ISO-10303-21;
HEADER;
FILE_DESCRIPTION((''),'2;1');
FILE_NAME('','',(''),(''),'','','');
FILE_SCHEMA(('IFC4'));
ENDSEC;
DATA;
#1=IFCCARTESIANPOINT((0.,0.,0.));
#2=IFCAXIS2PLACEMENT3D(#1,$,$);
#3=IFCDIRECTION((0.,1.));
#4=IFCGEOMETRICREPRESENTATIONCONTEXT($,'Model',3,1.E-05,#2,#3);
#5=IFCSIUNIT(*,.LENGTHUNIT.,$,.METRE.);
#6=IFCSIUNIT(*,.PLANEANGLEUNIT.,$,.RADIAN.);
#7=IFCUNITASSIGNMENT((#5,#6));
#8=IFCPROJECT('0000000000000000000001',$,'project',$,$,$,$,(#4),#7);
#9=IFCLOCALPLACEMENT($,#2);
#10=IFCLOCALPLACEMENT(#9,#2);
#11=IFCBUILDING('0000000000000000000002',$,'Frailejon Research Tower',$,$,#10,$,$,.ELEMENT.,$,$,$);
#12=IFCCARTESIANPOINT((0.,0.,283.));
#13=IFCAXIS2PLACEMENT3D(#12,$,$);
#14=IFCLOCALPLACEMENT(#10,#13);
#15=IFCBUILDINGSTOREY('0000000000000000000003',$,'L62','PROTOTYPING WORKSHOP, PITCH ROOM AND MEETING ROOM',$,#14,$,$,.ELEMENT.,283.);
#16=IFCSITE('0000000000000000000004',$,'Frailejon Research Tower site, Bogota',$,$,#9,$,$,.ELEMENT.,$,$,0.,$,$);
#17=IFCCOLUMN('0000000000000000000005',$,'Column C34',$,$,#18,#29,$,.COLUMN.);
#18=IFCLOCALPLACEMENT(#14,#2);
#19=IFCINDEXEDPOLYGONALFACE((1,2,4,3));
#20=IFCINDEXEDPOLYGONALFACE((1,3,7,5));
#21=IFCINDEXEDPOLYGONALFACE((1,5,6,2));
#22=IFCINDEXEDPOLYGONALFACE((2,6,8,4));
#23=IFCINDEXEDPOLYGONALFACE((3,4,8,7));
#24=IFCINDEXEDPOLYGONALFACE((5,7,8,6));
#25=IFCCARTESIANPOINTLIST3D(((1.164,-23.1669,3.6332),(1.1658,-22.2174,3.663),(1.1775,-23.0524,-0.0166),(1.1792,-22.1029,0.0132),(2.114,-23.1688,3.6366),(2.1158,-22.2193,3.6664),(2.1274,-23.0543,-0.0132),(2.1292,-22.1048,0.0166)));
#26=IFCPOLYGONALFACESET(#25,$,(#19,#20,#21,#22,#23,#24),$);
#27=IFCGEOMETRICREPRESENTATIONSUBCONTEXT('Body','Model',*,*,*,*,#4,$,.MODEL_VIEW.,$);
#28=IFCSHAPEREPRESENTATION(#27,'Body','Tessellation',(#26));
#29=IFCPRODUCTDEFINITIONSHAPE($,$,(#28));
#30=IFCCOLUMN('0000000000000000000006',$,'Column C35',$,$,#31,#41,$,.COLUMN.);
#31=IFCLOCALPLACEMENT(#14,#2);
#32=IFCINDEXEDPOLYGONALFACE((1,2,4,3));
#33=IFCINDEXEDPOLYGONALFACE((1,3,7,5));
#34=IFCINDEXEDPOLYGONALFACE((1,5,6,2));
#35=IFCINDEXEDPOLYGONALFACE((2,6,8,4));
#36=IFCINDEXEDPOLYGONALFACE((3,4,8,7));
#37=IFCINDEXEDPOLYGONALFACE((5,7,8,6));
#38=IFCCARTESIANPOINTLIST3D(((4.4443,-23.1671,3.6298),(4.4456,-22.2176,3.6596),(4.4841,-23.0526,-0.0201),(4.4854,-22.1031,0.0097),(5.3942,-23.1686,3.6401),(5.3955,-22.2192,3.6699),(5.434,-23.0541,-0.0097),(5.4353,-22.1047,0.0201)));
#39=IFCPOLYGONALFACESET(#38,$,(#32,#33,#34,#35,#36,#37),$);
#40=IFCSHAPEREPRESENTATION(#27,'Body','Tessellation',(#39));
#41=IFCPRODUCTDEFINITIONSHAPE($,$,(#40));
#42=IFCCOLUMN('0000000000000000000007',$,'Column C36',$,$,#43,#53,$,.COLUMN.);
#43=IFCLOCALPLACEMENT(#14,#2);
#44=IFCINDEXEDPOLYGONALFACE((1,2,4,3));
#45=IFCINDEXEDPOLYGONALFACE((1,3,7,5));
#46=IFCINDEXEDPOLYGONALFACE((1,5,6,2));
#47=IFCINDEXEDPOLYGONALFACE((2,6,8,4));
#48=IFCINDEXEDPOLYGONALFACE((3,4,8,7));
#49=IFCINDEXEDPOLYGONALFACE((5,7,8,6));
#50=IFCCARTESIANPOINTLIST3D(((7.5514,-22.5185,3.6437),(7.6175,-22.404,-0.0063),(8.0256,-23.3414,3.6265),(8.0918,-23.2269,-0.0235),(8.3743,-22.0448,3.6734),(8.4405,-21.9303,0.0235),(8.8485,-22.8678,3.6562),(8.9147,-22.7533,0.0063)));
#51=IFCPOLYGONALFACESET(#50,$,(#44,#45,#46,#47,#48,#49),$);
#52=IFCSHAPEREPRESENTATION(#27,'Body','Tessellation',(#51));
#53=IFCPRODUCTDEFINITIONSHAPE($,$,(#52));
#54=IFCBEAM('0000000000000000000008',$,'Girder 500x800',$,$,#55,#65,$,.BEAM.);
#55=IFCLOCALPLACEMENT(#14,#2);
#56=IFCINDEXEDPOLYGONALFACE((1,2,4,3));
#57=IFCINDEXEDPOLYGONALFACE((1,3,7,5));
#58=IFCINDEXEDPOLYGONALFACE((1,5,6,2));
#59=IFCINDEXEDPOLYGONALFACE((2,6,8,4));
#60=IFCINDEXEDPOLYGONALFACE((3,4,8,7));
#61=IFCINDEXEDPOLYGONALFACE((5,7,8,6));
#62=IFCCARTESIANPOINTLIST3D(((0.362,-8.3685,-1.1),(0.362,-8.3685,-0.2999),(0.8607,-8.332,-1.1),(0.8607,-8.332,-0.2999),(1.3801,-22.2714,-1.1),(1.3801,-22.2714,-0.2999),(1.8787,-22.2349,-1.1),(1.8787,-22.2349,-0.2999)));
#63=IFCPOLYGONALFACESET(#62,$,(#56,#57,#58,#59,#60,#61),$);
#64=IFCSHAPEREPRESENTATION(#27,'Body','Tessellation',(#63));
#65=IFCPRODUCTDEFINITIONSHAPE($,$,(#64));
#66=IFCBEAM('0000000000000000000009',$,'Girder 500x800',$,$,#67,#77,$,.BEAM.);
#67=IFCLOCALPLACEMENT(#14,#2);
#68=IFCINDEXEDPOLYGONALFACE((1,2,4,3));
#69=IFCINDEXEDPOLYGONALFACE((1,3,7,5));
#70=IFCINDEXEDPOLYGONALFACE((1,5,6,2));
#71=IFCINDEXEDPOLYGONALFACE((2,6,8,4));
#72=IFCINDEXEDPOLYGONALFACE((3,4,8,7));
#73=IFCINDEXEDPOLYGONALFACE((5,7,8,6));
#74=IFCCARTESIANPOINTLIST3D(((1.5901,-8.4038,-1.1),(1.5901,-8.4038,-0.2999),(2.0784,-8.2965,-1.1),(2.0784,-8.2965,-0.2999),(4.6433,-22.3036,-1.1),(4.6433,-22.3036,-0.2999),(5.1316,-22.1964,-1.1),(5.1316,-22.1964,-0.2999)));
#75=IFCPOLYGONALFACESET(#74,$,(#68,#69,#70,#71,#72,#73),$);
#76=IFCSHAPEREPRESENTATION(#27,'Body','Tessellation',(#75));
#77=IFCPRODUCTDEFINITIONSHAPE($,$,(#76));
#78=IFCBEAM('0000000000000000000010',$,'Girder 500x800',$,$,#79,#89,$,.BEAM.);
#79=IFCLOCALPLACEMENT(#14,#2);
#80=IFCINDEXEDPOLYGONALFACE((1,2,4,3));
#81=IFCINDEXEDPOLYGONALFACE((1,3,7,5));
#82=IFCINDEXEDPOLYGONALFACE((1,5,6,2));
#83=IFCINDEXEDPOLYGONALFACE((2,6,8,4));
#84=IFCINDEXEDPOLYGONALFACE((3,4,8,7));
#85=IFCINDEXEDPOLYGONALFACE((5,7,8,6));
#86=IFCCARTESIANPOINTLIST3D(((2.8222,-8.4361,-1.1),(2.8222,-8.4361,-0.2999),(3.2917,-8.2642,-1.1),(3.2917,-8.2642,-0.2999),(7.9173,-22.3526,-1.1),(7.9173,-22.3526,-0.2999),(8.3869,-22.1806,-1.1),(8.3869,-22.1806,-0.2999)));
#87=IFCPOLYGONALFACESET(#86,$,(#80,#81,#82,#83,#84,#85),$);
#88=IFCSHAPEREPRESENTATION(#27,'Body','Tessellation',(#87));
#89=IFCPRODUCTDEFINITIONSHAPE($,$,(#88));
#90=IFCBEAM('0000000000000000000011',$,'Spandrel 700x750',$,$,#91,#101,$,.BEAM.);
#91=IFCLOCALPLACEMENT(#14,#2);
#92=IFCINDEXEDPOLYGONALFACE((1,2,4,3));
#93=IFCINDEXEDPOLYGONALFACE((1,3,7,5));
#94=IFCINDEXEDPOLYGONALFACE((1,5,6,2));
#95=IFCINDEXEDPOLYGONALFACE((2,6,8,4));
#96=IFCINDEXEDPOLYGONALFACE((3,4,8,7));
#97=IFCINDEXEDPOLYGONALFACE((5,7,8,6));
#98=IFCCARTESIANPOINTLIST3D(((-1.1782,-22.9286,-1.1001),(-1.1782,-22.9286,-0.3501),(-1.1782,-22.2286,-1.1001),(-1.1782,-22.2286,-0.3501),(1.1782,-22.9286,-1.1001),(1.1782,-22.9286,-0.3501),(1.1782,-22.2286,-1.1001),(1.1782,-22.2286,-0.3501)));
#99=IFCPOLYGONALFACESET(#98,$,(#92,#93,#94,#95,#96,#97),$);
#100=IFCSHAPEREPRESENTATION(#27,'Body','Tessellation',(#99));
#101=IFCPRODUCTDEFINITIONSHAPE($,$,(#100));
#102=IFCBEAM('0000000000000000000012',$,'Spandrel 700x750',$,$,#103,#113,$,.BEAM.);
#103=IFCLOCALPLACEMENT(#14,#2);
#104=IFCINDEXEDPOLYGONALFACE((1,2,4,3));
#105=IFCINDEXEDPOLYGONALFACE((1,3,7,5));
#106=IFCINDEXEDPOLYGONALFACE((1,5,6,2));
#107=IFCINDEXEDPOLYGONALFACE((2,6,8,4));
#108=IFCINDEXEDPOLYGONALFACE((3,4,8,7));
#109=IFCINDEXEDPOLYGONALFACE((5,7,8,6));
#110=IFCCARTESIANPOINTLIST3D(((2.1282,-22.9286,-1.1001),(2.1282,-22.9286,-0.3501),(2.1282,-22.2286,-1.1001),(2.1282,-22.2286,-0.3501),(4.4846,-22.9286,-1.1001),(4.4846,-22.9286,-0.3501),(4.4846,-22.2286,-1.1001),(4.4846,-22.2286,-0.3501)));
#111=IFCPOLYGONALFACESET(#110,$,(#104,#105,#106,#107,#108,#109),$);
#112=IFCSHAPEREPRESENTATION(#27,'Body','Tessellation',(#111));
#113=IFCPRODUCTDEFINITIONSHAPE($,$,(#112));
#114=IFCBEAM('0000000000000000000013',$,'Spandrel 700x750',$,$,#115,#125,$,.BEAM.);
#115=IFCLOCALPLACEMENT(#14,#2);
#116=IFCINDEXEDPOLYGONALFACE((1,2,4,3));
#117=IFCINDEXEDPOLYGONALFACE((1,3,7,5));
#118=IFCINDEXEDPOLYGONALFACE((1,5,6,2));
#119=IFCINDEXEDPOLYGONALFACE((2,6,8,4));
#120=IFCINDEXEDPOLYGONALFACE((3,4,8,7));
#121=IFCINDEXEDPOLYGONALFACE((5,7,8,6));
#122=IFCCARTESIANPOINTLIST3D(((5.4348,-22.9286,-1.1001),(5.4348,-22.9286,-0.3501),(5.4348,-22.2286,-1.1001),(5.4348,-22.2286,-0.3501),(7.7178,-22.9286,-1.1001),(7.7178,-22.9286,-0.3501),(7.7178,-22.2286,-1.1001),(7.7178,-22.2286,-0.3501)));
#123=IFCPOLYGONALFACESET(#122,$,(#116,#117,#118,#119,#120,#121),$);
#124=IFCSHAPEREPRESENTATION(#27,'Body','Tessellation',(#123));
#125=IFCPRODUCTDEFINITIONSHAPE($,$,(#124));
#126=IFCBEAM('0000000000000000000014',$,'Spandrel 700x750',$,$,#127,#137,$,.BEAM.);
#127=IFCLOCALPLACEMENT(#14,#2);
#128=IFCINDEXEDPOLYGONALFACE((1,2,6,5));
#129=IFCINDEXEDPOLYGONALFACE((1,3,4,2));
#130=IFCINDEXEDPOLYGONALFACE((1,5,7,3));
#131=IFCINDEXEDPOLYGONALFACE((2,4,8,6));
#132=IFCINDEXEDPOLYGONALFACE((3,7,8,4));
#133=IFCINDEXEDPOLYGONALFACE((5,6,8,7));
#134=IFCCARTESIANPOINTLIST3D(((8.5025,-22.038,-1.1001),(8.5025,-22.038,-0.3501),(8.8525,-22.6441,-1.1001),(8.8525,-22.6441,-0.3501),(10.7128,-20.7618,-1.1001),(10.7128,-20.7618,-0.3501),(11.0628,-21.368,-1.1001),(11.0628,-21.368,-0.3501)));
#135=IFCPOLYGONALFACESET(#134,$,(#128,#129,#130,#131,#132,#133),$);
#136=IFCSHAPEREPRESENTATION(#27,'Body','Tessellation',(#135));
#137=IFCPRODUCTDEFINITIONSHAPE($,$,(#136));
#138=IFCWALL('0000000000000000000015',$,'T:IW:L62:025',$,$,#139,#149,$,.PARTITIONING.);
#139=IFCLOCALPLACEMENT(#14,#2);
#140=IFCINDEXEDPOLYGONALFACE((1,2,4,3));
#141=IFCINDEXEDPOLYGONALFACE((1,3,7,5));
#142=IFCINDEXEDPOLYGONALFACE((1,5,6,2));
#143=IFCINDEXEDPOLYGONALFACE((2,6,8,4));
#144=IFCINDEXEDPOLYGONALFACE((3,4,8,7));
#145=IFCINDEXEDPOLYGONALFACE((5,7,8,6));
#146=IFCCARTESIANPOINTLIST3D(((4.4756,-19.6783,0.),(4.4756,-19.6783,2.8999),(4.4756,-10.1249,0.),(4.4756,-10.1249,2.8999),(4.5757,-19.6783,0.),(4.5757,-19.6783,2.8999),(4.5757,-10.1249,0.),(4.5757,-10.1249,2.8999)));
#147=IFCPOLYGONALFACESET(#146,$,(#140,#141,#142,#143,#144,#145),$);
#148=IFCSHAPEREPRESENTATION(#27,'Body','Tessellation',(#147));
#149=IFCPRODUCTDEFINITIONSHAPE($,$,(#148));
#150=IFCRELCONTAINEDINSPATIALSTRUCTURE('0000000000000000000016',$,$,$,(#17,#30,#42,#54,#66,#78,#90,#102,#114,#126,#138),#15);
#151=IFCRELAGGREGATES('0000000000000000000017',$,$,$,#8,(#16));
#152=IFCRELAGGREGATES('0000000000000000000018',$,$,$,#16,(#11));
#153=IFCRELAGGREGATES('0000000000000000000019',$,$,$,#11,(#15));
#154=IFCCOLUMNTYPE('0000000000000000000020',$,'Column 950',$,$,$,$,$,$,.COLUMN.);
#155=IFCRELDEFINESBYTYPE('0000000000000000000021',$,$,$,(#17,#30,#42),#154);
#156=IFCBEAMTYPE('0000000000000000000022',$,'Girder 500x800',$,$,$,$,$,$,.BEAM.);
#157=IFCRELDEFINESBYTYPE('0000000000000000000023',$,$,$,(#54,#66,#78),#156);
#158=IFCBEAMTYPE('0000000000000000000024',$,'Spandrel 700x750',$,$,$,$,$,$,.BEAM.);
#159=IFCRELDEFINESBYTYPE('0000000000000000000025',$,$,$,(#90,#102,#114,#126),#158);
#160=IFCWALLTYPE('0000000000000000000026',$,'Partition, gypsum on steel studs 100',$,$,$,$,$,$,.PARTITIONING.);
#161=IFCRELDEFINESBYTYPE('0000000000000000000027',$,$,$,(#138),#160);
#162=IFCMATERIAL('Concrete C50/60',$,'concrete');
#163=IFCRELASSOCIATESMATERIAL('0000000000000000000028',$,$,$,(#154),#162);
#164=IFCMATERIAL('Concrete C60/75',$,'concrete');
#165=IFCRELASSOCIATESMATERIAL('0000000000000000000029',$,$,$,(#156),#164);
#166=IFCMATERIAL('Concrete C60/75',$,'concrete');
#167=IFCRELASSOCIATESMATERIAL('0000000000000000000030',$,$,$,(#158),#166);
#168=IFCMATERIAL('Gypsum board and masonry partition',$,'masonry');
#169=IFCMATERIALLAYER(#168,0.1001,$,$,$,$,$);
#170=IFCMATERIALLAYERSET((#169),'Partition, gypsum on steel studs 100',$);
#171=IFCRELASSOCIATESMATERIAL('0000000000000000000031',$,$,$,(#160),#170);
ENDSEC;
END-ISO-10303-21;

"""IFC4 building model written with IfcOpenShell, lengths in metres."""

from ifc_helpers import new_model, si_unit, direction, frame, frame_2d, origin, origin_2d, place, context, subcontext, project, spatial, rectangle, extrude, material, layer, layer_set, material_profile, profile_set, type_object, element, save


model = new_model("IFC4")

# Units and contexts
model_context = context("Model", 3, precision=1e-05, world=origin(), true_north=direction((0.0, 1.0)))
body_context = subcontext(model_context, "Body", "Model", "MODEL_VIEW")
ifc_project = project(units=[si_unit("LENGTHUNIT", "METRE"), si_unit("PLANEANGLEUNIT", "RADIAN")], contexts=[model_context])

# Site, building, storey
site_placement = place(None, origin())
site = spatial("IfcSite", under=ifc_project, at=site_placement, Name="Frailejon Research Tower site, Bogota", CompositionType="ELEMENT", RefElevation=0.0)
building_placement = place(site_placement, origin())
building = spatial("IfcBuilding", under=site, at=building_placement, Name="Frailejon Research Tower", CompositionType="ELEMENT")
storey_placement = place(building_placement, frame((0.0, 0.0, 283.0)))
storey = spatial("IfcBuildingStorey", under=building, at=storey_placement, Name="L62", Description="PROTOTYPING WORKSHOP, PITCH ROOM AND MEETING ROOM", CompositionType="ELEMENT", Elevation=283.0)

# Columns
ifc_material_1 = material(Name="Concrete C50/60", Category="concrete")
ifc_material_profile_1 = material_profile(ifc_material_1, rectangle(XDim=0.95, YDim=0.95, at=origin_2d()), Name="Column 950")
ifc_profile_set_1 = profile_set([ifc_material_profile_1], Name="Concrete C50/60")
column_type = type_object("IfcColumnType", Name="Column 950", PredefinedType="COLUMN", material=ifc_profile_set_1)
column_1_placement = place(storey_placement, frame((1.6533, -22.5786, 0.0), z_axis=(-0.003677, -0.031356, 0.999502), x_axis=(0.999991, -0.002004, 0.003616)))
element("IfcColumn", 1, at=column_1_placement, inside=storey, type_object=column_type, Name="Column C34", PredefinedType="COLUMN", context=body_context, shape_type="SweptSolid", body=[
    extrude(rectangle(XDim=0.95, YDim=0.95, at=origin_2d()), origin(), (0.0, 0.0, 1.0), 3.6516),
])
column_2_placement = place(storey_placement, frame((4.9597, -22.5786, 0.0), z_axis=(-0.010897, -0.031354, 0.999449), x_axis=(0.99994, -0.001667, 0.01085)))
element("IfcColumn", 2, at=column_2_placement, inside=storey, type_object=column_type, Name="Column C35", PredefinedType="COLUMN", context=body_context, shape_type="SweptSolid", body=[
    extrude(rectangle(XDim=0.95, YDim=0.95, at=origin_2d()), origin(), (0.0, 0.0, 1.0), 3.6519),
])
column_3_placement = place(storey_placement, frame((8.2661, -22.5786, 0.0), z_axis=(-0.018115, -0.031351, 0.999344), x_axis=(0.866279, 0.498576, 0.031344)))
element("IfcColumn", 3, at=column_3_placement, inside=storey, type_object=column_type, Name="Column C36", PredefinedType="COLUMN", context=body_context, shape_type="SweptSolid", body=[
    extrude(rectangle(XDim=0.95, YDim=0.95, at=origin_2d()), origin(), (0.0, 0.0, 1.0), 3.6523),
])

# Beams
ifc_material_2 = material(Name="Concrete C60/75", Category="concrete")
ifc_material_profile_2 = material_profile(ifc_material_2, rectangle(XDim=0.5, YDim=0.8, at=origin_2d()), Name="Girder 500x800")
ifc_profile_set_2 = profile_set([ifc_material_profile_2], Name="Concrete C60/75")
beam_type_1 = type_object("IfcBeamType", Name="Girder 500x800", PredefinedType="BEAM", material=ifc_profile_set_2)
beam_1_placement = place(storey_placement, frame((1.6294, -22.2532, -0.7), z_axis=(-0.07303, 0.99733, 0.0), x_axis=(-0.99733, -0.07303, 0.0)))
element("IfcBeam", 4, at=beam_1_placement, inside=storey, type_object=beam_type_1, Name="Girder 500x800", PredefinedType="BEAM", context=body_context, shape_type="SweptSolid", body=[
    extrude(rectangle(XDim=0.5, YDim=0.8, at=origin_2d()), origin(), (0.0, 0.0, 1.0), 13.9402),
])
beam_2_placement = place(storey_placement, frame((4.8875, -22.25, -0.7), z_axis=(-0.214543, 0.976715, 0.0), x_axis=(-0.976715, -0.214543, 0.0)))
element("IfcBeam", 5, at=beam_2_placement, inside=storey, type_object=beam_type_1, Name="Girder 500x800", PredefinedType="BEAM", context=body_context, shape_type="SweptSolid", body=[
    extrude(rectangle(XDim=0.5, YDim=0.8, at=origin_2d()), origin(), (0.0, 0.0, 1.0), 14.2312),
])
beam_3_placement = place(storey_placement, frame((8.1521, -22.2666, -0.7), z_axis=(-0.343808, 0.93904, 0.0), x_axis=(-0.93904, -0.343808, 0.0)))
element("IfcBeam", 6, at=beam_3_placement, inside=storey, type_object=beam_type_1, Name="Girder 500x800", PredefinedType="BEAM", context=body_context, shape_type="SweptSolid", body=[
    extrude(rectangle(XDim=0.5, YDim=0.8, at=origin_2d()), origin(), (0.0, 0.0, 1.0), 14.8198),
])
ifc_material_3 = material(Name="Concrete C60/75", Category="concrete")
ifc_material_profile_3 = material_profile(ifc_material_3, rectangle(XDim=0.7, YDim=0.75, at=origin_2d()), Name="Spandrel 700x750")
ifc_profile_set_3 = profile_set([ifc_material_profile_3], Name="Concrete C60/75")
beam_type_2 = type_object("IfcBeamType", Name="Spandrel 700x750", PredefinedType="BEAM", material=ifc_profile_set_3)
for number, where, z_axis, x_axis, name in (
    (7, (-1.1782, -22.5786, -0.7251), (1.0, 0.0, 0.0), (0.0, 1.0, 0.0), "Spandrel 700x750"),
    (8, (2.1282, -22.5786, -0.7251), (1.0, 0.0, 0.0), (0.0, 1.0, 0.0), "Spandrel 700x750"),
):
    element("IfcBeam", number, at=place(storey_placement, frame(where, z_axis=z_axis, x_axis=x_axis)), inside=storey, type_object=beam_type_2, Name=name, PredefinedType="BEAM", context=body_context, shape_type="SweptSolid", body=[
        extrude(rectangle(XDim=0.7, YDim=0.75, at=origin_2d()), origin(), (0.0, 0.0, 1.0), 2.3564),
    ])
beam_4_placement = place(storey_placement, frame((5.4348, -22.5786, -0.7251), z_axis=(1.0, 0.0, 0.0), x_axis=(0.0, 1.0, 0.0)))
element("IfcBeam", 9, at=beam_4_placement, inside=storey, type_object=beam_type_2, Name="Spandrel 700x750", PredefinedType="BEAM", context=body_context, shape_type="SweptSolid", body=[
    extrude(rectangle(XDim=0.7, YDim=0.75, at=origin_2d()), origin(), (0.0, 0.0, 1.0), 2.283),
])
beam_5_placement = place(storey_placement, frame((8.6775, -22.3411, -0.7251), z_axis=(0.866015, 0.500018, 0.0), x_axis=(-0.500018, 0.866015, 0.0)))
element("IfcBeam", 10, at=beam_5_placement, inside=storey, type_object=beam_type_2, Name="Spandrel 700x750", PredefinedType="BEAM", context=body_context, shape_type="SweptSolid", body=[
    extrude(rectangle(XDim=0.7, YDim=0.75, at=origin_2d()), origin(), (0.0, 0.0, 1.0), 2.5522),
])

# Wall
ifc_material_4 = material(Name="Gypsum board and masonry partition", Category="masonry")
ifc_layer_1 = layer(ifc_material_4, 0.1001)
ifc_layer_set_1 = layer_set([ifc_layer_1], Name="Partition, gypsum on steel studs 100")
wall_type_1 = type_object("IfcWallType", Name="Partition, gypsum on steel studs 100", PredefinedType="PARTITIONING", material=ifc_layer_set_1)
wall_1_placement = place(storey_placement, frame((4.5256, -19.6785, 0.0), z_axis=(0.0, 0.0, 1.0), x_axis=(0.0, 1.0, 0.0)))
element("IfcWall", 11, at=wall_1_placement, inside=storey, type_object=wall_type_1, Name="T:IW:L62:025", PredefinedType="PARTITIONING", context=body_context, shape_type="SweptSolid", body=[
    extrude(rectangle(XDim=9.5535, YDim=0.1001, at=frame_2d((4.7769, 0.0))), origin(), (0.0, 0.0, 1.0), 2.8999),
])

save(model, "model.ifc")
